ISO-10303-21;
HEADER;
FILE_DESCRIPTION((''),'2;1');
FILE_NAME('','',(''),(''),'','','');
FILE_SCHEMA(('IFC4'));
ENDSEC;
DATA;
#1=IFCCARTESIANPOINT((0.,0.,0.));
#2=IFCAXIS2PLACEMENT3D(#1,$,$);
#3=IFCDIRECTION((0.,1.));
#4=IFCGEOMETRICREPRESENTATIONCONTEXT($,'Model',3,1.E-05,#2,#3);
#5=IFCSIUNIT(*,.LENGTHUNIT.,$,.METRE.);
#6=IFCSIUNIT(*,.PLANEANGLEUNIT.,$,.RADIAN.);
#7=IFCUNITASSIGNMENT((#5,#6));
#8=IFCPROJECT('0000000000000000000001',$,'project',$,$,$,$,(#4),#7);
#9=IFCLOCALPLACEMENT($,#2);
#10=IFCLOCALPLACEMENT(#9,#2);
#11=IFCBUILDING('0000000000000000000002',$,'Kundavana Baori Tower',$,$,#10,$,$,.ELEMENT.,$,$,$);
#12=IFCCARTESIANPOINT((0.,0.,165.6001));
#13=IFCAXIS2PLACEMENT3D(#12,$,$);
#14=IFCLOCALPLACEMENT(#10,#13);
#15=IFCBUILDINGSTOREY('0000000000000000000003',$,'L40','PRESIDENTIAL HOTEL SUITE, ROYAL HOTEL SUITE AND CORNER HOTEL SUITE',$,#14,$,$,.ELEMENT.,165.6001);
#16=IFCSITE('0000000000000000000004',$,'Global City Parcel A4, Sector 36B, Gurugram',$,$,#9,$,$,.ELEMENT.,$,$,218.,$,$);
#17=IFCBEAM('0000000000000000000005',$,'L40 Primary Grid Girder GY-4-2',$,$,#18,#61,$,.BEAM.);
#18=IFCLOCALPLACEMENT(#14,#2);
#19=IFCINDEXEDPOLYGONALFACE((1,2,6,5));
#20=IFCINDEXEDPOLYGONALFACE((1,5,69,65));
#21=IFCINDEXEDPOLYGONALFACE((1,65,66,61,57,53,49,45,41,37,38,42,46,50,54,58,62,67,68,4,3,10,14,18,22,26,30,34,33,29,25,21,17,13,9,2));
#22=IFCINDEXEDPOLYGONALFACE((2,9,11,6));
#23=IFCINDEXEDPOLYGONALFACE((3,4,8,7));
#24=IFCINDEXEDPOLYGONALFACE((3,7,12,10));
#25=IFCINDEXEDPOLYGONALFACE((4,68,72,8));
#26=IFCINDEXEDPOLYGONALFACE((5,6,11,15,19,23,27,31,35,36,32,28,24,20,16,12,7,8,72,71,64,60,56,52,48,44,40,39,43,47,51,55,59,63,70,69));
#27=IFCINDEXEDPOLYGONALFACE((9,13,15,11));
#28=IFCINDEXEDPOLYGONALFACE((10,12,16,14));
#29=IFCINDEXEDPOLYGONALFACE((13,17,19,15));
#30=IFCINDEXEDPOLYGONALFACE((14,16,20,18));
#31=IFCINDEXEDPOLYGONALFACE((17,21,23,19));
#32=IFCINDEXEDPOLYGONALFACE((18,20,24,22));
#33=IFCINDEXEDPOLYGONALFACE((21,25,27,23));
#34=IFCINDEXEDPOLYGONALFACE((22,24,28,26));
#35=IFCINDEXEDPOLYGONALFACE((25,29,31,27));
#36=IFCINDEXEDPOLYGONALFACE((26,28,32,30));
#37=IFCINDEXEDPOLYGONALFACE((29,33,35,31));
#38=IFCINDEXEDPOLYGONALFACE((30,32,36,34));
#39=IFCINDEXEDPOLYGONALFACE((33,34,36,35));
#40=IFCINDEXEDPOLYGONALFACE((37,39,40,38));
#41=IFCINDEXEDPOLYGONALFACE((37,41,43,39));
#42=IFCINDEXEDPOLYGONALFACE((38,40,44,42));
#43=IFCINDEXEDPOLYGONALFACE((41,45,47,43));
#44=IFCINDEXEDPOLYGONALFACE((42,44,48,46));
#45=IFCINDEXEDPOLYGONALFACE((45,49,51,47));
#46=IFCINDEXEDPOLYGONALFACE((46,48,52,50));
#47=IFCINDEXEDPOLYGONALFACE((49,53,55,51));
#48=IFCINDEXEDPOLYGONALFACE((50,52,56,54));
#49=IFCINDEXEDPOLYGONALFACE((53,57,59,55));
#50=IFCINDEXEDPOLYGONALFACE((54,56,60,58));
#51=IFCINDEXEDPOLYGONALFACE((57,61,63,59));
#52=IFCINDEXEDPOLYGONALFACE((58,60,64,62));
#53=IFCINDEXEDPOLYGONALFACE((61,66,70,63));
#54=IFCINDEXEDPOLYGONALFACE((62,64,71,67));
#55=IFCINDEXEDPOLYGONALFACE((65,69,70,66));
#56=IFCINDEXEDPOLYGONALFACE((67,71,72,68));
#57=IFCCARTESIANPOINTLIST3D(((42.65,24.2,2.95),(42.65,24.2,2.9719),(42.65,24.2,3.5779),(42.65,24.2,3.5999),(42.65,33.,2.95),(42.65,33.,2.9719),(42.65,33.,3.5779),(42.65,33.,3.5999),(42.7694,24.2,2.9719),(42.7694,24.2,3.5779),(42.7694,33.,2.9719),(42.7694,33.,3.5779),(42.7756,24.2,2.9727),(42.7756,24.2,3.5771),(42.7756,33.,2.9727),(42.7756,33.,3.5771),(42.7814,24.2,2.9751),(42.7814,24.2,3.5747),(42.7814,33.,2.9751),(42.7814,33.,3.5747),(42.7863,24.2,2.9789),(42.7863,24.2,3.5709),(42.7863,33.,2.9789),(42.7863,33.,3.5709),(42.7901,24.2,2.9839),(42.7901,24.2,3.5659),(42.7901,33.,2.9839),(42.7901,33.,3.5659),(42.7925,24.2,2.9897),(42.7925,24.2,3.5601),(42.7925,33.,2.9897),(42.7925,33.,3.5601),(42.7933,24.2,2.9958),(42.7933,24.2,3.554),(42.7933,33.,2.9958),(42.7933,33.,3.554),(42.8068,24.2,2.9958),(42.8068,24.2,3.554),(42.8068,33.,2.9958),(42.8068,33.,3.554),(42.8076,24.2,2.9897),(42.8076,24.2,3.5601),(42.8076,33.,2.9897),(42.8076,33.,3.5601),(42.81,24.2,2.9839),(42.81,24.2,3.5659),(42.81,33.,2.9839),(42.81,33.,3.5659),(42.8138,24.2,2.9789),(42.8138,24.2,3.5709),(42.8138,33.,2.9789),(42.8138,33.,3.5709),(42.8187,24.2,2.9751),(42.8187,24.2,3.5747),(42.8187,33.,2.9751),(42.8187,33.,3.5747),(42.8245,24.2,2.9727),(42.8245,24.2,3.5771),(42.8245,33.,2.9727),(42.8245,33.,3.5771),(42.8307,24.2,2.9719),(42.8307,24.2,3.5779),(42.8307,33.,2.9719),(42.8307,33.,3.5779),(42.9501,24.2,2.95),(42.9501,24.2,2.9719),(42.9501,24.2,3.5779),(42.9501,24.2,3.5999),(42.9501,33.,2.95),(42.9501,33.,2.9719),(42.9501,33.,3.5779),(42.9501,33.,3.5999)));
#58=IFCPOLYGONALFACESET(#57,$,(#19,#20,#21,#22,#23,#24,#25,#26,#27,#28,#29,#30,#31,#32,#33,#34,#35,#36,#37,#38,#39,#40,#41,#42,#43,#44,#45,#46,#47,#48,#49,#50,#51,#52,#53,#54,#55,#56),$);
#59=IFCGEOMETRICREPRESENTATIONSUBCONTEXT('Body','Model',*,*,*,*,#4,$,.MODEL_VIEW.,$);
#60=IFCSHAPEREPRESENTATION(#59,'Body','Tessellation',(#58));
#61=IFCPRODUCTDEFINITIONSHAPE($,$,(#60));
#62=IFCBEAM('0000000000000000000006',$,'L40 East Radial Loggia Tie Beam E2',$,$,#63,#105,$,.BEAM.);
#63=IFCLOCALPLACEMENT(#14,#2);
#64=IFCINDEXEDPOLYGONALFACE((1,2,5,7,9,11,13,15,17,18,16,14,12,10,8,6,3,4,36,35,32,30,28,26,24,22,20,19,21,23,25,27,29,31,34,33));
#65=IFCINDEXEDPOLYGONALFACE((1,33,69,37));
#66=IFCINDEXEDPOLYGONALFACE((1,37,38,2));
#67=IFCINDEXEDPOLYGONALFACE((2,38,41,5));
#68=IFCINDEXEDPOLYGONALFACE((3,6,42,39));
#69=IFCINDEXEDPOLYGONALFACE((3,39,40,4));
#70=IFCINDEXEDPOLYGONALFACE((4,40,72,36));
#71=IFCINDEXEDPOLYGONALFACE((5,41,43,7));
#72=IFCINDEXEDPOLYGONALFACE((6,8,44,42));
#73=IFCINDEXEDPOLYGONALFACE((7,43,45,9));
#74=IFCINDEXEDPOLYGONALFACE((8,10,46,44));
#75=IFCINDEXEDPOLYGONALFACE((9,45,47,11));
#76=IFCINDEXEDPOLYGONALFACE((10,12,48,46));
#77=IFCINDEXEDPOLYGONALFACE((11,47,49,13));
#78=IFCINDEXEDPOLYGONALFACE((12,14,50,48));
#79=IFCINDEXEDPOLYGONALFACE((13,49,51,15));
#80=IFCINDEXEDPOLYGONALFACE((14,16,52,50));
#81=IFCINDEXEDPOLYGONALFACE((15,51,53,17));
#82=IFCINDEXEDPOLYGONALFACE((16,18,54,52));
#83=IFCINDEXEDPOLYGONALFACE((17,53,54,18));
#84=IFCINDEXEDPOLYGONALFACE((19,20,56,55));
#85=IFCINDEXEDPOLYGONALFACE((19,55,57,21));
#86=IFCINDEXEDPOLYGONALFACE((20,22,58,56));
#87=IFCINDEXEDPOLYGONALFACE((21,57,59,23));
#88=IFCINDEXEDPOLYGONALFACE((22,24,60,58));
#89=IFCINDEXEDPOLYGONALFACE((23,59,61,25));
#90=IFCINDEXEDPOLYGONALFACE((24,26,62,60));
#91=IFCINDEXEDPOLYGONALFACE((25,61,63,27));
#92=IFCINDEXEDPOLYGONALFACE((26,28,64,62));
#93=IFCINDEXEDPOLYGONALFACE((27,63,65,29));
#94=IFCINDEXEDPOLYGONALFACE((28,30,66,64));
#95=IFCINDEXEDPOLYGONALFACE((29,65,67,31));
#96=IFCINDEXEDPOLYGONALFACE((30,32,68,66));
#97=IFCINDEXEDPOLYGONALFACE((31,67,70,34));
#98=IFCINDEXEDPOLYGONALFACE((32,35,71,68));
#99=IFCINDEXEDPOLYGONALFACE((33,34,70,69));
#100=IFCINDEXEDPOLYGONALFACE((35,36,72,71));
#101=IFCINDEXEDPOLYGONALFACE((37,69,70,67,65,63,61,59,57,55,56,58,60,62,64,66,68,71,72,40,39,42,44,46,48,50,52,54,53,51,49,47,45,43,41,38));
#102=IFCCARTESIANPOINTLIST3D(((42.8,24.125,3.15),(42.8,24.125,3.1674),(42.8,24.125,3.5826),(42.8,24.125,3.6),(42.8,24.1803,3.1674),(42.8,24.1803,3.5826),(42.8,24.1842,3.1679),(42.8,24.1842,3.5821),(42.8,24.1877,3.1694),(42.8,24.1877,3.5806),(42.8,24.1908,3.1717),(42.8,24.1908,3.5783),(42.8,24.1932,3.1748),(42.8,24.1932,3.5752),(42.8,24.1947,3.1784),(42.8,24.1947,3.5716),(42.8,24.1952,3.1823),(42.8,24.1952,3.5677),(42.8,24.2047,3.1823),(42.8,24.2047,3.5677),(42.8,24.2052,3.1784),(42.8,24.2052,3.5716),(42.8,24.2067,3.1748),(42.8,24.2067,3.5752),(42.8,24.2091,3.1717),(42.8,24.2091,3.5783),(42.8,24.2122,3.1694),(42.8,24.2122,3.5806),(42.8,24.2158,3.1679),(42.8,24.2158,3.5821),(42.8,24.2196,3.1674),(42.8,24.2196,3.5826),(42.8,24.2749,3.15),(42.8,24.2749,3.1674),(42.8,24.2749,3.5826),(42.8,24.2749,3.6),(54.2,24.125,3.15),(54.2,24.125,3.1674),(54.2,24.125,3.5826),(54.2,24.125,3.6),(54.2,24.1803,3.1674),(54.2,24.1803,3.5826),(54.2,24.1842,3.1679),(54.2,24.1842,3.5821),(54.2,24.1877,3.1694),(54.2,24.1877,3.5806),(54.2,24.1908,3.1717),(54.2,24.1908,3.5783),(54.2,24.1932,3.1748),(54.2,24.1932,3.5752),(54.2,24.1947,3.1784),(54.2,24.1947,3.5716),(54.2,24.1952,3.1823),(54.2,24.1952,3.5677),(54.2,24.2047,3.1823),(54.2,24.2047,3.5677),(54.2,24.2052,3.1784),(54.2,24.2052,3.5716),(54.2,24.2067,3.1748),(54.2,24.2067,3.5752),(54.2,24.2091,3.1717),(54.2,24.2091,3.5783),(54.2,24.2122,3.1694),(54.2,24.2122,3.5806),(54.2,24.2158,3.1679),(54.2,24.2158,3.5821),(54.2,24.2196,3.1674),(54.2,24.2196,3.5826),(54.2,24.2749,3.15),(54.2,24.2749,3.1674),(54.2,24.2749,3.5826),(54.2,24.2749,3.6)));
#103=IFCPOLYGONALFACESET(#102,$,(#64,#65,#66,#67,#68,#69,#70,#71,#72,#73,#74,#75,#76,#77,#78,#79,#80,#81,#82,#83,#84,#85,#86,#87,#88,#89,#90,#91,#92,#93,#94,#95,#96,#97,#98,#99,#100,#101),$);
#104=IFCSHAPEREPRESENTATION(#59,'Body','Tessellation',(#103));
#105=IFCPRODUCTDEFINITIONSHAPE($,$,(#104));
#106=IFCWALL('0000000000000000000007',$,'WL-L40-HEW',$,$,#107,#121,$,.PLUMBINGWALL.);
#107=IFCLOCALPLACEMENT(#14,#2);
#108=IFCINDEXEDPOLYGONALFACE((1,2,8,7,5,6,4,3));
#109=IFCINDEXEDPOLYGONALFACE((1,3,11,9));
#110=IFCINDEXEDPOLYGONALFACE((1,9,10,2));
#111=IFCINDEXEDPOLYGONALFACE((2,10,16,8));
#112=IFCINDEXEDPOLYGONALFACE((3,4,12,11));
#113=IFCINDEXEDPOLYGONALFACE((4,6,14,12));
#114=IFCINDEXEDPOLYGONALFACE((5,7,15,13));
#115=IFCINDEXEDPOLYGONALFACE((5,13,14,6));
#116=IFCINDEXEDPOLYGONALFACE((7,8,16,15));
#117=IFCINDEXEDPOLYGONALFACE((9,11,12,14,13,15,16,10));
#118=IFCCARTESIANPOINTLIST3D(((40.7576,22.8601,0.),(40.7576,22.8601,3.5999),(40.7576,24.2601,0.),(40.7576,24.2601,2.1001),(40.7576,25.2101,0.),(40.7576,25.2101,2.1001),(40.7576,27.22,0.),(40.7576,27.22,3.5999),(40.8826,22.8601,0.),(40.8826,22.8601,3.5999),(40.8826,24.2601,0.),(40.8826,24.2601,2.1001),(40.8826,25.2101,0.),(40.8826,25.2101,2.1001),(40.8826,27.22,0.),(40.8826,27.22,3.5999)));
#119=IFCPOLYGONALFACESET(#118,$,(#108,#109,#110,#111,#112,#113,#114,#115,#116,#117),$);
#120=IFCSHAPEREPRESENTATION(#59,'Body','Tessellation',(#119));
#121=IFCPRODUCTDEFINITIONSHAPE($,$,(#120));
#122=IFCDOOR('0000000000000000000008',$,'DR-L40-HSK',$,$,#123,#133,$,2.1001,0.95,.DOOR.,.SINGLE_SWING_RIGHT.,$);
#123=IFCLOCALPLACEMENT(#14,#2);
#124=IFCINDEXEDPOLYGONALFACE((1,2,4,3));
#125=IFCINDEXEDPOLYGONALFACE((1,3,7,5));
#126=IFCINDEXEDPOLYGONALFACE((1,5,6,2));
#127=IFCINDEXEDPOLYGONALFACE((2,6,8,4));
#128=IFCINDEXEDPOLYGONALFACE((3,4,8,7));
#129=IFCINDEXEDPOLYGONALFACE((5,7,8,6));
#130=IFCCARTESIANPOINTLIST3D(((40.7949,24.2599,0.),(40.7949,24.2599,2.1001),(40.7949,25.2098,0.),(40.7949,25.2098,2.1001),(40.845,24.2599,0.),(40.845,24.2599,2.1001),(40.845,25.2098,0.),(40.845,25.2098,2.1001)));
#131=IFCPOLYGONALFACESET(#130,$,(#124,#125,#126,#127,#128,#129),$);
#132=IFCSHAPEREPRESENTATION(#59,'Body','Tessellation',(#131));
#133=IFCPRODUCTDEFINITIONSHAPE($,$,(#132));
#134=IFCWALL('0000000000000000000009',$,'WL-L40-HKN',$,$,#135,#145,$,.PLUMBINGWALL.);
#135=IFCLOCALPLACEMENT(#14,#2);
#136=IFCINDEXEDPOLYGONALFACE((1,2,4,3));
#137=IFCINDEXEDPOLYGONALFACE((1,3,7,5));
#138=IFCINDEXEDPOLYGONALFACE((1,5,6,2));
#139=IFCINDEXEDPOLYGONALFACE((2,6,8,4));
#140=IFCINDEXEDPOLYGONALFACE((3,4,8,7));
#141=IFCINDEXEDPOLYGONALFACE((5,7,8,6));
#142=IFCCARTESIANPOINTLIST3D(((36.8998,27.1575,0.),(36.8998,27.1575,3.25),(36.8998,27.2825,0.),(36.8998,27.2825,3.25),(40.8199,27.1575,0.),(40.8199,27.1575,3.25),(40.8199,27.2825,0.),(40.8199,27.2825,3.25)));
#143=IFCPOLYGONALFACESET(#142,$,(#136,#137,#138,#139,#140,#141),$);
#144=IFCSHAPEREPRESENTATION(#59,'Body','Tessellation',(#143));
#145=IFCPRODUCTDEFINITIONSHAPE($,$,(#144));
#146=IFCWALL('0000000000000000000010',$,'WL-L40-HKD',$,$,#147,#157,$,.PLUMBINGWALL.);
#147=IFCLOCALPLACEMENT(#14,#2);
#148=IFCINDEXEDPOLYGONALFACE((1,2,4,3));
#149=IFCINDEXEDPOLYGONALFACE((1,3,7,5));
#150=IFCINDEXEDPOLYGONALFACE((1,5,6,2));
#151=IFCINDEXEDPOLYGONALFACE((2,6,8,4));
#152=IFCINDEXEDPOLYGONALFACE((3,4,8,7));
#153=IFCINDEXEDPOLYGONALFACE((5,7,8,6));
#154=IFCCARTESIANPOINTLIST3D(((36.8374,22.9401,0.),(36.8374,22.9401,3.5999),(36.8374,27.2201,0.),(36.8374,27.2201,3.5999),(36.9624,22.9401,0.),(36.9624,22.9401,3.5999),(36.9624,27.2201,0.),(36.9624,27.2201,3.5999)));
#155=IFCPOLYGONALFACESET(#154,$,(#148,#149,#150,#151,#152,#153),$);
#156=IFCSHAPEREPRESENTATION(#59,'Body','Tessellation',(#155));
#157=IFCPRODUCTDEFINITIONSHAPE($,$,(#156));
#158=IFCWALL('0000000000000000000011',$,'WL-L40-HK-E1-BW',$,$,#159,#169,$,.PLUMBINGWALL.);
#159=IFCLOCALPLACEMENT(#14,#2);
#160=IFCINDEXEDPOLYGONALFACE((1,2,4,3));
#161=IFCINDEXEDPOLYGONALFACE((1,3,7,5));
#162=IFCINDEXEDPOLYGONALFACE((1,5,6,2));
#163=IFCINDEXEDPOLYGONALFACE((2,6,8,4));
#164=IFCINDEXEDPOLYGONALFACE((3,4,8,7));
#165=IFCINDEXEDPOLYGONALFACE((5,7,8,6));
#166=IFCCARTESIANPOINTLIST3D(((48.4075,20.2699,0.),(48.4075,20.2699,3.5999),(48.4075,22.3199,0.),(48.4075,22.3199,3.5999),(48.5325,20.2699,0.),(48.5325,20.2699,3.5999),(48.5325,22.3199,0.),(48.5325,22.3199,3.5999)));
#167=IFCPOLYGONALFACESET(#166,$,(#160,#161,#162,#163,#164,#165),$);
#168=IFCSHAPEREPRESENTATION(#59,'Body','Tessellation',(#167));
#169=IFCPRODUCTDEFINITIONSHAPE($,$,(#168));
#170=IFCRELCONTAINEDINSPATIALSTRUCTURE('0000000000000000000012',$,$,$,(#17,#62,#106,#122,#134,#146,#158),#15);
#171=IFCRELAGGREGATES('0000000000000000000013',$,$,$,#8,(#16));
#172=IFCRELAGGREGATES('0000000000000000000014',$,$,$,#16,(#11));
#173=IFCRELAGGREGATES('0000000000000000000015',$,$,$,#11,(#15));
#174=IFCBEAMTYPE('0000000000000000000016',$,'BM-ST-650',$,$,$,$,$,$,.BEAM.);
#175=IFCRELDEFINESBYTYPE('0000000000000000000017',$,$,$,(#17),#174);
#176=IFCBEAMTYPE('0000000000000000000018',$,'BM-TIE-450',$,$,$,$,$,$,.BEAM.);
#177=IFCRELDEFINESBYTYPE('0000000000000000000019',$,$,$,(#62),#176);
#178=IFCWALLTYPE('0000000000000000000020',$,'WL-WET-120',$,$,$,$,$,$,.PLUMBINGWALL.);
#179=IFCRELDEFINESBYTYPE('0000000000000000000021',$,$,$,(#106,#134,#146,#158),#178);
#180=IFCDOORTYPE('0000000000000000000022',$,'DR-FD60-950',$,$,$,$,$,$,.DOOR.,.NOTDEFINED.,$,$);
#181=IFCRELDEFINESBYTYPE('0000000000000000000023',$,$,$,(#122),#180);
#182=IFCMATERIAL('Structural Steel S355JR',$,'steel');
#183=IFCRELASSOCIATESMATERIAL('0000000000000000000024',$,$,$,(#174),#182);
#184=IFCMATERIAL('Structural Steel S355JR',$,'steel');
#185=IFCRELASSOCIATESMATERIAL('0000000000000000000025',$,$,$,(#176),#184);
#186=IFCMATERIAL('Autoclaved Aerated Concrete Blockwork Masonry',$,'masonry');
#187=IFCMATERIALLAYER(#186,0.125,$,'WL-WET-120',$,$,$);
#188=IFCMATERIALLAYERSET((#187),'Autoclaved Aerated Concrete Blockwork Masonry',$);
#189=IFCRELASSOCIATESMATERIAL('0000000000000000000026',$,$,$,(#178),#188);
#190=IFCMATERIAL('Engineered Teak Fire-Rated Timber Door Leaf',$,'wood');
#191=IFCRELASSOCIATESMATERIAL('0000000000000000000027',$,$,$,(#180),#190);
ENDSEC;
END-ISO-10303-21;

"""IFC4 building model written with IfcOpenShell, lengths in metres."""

from ifc_helpers import new_model, si_unit, direction, frame, frame_2d, origin, origin_2d, place, context, subcontext, project, spatial, rectangle, i_section, extrude, material, layer, layer_set, material_profile, profile_set, type_object, element, fill, save


model = new_model("IFC4")

# Units and contexts
model_context = context("Model", 3, precision=1e-05, world=origin(), true_north=direction((0.0, 1.0)))
body_context = subcontext(model_context, "Body", "Model", "MODEL_VIEW")
ifc_project = project(units=[si_unit("LENGTHUNIT", "METRE"), si_unit("PLANEANGLEUNIT", "RADIAN")], contexts=[model_context])

# Site, building, storey
site_placement = place(None, origin())
site = spatial("IfcSite", under=ifc_project, at=site_placement, Name="Global City Parcel A4, Sector 36B, Gurugram", CompositionType="ELEMENT", RefElevation=218.0)
building_placement = place(site_placement, origin())
building = spatial("IfcBuilding", under=site, at=building_placement, Name="Kundavana Baori Tower", CompositionType="ELEMENT")
storey_placement = place(building_placement, frame((0.0, 0.0, 165.6001)))
storey = spatial("IfcBuildingStorey", under=building, at=storey_placement, Name="L40", Description="PRESIDENTIAL HOTEL SUITE, ROYAL HOTEL SUITE AND CORNER HOTEL SUITE", CompositionType="ELEMENT", Elevation=165.6001)

# Beams
ifc_material_1 = material(Name="Structural Steel S355JR", Category="steel")
ifc_material_profile_1 = material_profile(ifc_material_1, i_section(OverallWidth=0.3, OverallDepth=0.6499, WebThickness=0.0134, FlangeThickness=0.022, FilletRadius=0.0239, at=origin_2d()), Name="NPB 650x300x155")
ifc_profile_set_1 = profile_set([ifc_material_profile_1], Name="Structural Steel S355JR")
beam_type_1 = type_object("IfcBeamType", Name="BM-ST-650", PredefinedType="BEAM", material=ifc_profile_set_1)
beam_1_placement = place(storey_placement, frame((42.8, 24.2, 3.2749), z_axis=(0.0, 1.0, 0.0), x_axis=(-1.0, 0.0, 0.0)))
element("IfcBeam", 1, at=beam_1_placement, inside=storey, type_object=beam_type_1, Name="L40 Primary Grid Girder GY-4-2", PredefinedType="BEAM", context=body_context, shape_type="SweptSolid", body=[
    extrude(i_section(OverallWidth=0.3, OverallDepth=0.6499, WebThickness=0.0134, FlangeThickness=0.022, FilletRadius=0.0239, at=origin_2d()), origin(), (0.0, 0.0, 1.0), 8.8),
])
ifc_material_2 = material(Name="Structural Steel S355JR", Category="steel")
ifc_material_profile_2 = material_profile(ifc_material_2, i_section(OverallWidth=0.1499, OverallDepth=0.45, WebThickness=0.0095, FlangeThickness=0.0173, FilletRadius=0.0149, at=origin_2d()), Name="ISMB 450")
ifc_profile_set_2 = profile_set([ifc_material_profile_2], Name="Structural Steel S355JR")
beam_type_2 = type_object("IfcBeamType", Name="BM-TIE-450", PredefinedType="BEAM", material=ifc_profile_set_2)
beam_2_placement = place(storey_placement, frame((42.8, 24.2, 3.375), z_axis=(1.0, 0.0, 0.0), x_axis=(0.0, 1.0, 0.0)))
element("IfcBeam", 2, at=beam_2_placement, inside=storey, type_object=beam_type_2, Name="L40 East Radial Loggia Tie Beam E2", PredefinedType="BEAM", context=body_context, shape_type="SweptSolid", body=[
    extrude(i_section(OverallWidth=0.1499, OverallDepth=0.45, WebThickness=0.0095, FlangeThickness=0.0173, FilletRadius=0.0149, at=origin_2d()), origin(), (0.0, 0.0, 1.0), 11.3999),
])

# Wall, opening, door
ifc_material_3 = material(Name="Autoclaved Aerated Concrete Blockwork Masonry", Category="masonry")
ifc_layer = layer(ifc_material_3, 0.125, Name="WL-WET-120")
ifc_layer_set = layer_set([ifc_layer], Name="Autoclaved Aerated Concrete Blockwork Masonry")
wall_type = type_object("IfcWallType", Name="WL-WET-120", PredefinedType="PLUMBINGWALL", material=ifc_layer_set)
wall_1_placement = place(storey_placement, frame((40.8201, 22.8601, 0.0), z_axis=(0.0, 0.0, 1.0), x_axis=(0.0, 1.0, 0.0)))
wall_1 = element("IfcWall", 3, at=wall_1_placement, inside=storey, type_object=wall_type, Name="WL-L40-HEW", PredefinedType="PLUMBINGWALL", context=body_context, shape_type="SweptSolid", body=[
    extrude(rectangle(XDim=4.3599, YDim=0.125, at=frame_2d((2.1799, 0.0))), origin(), (0.0, 0.0, 1.0), 3.5999),
])
opening_1_placement = place(wall_1_placement, frame((1.3999, 0.0, 0.0)))
opening_1 = element("IfcOpeningElement", 4, at=opening_1_placement, cuts=wall_1, PredefinedType="OPENING", context=body_context, shape_type="SweptSolid", body=[
    extrude(rectangle(XDim=0.95, YDim=2.1001, at=frame_2d((0.4751, 1.05))), frame((0.0, 0.0725, 0.0), z_axis=(0.0, -1.0, 0.0), x_axis=(1.0, 0.0, 0.0)), (0.0, 0.0, 1.0), 0.145),
])
ifc_material_4 = material(Name="Engineered Teak Fire-Rated Timber Door Leaf", Category="wood")
door_type_1 = type_object("IfcDoorType", Name="DR-FD60-950", OperationType="NOTDEFINED", PredefinedType="DOOR", material=ifc_material_4)
door_1_placement = place(opening_1_placement, frame((0.95, 0.0, 0.0), z_axis=(0.0, 0.0, 1.0), x_axis=(-1.0, 0.0, 0.0)))
door_1 = element("IfcDoor", 5, at=door_1_placement, inside=storey, type_object=door_type_1, Name="DR-L40-HSK", OperationType="SINGLE_SWING_RIGHT", OverallHeight=2.1001, OverallWidth=0.95, PredefinedType="DOOR", context=body_context, shape_type="SweptSolid", body=[
    extrude(rectangle(XDim=0.95, YDim=2.1001, at=frame_2d((0.4751, 1.05))), frame((0.0, 0.0249, 0.0), z_axis=(0.0, -1.0, 0.0), x_axis=(1.0, 0.0, 0.0)), (0.0, 0.0, 1.0), 0.05),
])
fill(opening_1, door_1)

# Walls
wall_2_placement = place(storey_placement, frame((36.8999, 27.22, 0.0), z_axis=(0.0, 0.0, 1.0), x_axis=(1.0, 0.0, 0.0)))
element("IfcWall", 6, at=wall_2_placement, inside=storey, type_object=wall_type, Name="WL-L40-HKN", PredefinedType="PLUMBINGWALL", context=body_context, shape_type="SweptSolid", body=[
    extrude(rectangle(XDim=3.9202, YDim=0.125, at=frame_2d((1.96, 0.0))), origin(), (0.0, 0.0, 1.0), 3.25),
])
wall_3_placement = place(storey_placement, frame((36.8999, 22.9399, 0.0), z_axis=(0.0, 0.0, 1.0), x_axis=(0.0, 1.0, 0.0)))
element("IfcWall", 7, at=wall_3_placement, inside=storey, type_object=wall_type, Name="WL-L40-HKD", PredefinedType="PLUMBINGWALL", context=body_context, shape_type="SweptSolid", body=[
    extrude(rectangle(XDim=4.28, YDim=0.125, at=frame_2d((2.1401, 0.0))), origin(), (0.0, 0.0, 1.0), 3.5999),
])
wall_4_placement = place(storey_placement, frame((48.47, 20.27, 0.0), z_axis=(0.0, 0.0, 1.0), x_axis=(0.0, 1.0, 0.0)))
element("IfcWall", 8, at=wall_4_placement, inside=storey, type_object=wall_type, Name="WL-L40-HK-E1-BW", PredefinedType="PLUMBINGWALL", context=body_context, shape_type="SweptSolid", body=[
    extrude(rectangle(XDim=2.05, YDim=0.125, at=frame_2d((1.0249, 0.0))), origin(), (0.0, 0.0, 1.0), 3.5999),
])

save(model, "model.ifc")
